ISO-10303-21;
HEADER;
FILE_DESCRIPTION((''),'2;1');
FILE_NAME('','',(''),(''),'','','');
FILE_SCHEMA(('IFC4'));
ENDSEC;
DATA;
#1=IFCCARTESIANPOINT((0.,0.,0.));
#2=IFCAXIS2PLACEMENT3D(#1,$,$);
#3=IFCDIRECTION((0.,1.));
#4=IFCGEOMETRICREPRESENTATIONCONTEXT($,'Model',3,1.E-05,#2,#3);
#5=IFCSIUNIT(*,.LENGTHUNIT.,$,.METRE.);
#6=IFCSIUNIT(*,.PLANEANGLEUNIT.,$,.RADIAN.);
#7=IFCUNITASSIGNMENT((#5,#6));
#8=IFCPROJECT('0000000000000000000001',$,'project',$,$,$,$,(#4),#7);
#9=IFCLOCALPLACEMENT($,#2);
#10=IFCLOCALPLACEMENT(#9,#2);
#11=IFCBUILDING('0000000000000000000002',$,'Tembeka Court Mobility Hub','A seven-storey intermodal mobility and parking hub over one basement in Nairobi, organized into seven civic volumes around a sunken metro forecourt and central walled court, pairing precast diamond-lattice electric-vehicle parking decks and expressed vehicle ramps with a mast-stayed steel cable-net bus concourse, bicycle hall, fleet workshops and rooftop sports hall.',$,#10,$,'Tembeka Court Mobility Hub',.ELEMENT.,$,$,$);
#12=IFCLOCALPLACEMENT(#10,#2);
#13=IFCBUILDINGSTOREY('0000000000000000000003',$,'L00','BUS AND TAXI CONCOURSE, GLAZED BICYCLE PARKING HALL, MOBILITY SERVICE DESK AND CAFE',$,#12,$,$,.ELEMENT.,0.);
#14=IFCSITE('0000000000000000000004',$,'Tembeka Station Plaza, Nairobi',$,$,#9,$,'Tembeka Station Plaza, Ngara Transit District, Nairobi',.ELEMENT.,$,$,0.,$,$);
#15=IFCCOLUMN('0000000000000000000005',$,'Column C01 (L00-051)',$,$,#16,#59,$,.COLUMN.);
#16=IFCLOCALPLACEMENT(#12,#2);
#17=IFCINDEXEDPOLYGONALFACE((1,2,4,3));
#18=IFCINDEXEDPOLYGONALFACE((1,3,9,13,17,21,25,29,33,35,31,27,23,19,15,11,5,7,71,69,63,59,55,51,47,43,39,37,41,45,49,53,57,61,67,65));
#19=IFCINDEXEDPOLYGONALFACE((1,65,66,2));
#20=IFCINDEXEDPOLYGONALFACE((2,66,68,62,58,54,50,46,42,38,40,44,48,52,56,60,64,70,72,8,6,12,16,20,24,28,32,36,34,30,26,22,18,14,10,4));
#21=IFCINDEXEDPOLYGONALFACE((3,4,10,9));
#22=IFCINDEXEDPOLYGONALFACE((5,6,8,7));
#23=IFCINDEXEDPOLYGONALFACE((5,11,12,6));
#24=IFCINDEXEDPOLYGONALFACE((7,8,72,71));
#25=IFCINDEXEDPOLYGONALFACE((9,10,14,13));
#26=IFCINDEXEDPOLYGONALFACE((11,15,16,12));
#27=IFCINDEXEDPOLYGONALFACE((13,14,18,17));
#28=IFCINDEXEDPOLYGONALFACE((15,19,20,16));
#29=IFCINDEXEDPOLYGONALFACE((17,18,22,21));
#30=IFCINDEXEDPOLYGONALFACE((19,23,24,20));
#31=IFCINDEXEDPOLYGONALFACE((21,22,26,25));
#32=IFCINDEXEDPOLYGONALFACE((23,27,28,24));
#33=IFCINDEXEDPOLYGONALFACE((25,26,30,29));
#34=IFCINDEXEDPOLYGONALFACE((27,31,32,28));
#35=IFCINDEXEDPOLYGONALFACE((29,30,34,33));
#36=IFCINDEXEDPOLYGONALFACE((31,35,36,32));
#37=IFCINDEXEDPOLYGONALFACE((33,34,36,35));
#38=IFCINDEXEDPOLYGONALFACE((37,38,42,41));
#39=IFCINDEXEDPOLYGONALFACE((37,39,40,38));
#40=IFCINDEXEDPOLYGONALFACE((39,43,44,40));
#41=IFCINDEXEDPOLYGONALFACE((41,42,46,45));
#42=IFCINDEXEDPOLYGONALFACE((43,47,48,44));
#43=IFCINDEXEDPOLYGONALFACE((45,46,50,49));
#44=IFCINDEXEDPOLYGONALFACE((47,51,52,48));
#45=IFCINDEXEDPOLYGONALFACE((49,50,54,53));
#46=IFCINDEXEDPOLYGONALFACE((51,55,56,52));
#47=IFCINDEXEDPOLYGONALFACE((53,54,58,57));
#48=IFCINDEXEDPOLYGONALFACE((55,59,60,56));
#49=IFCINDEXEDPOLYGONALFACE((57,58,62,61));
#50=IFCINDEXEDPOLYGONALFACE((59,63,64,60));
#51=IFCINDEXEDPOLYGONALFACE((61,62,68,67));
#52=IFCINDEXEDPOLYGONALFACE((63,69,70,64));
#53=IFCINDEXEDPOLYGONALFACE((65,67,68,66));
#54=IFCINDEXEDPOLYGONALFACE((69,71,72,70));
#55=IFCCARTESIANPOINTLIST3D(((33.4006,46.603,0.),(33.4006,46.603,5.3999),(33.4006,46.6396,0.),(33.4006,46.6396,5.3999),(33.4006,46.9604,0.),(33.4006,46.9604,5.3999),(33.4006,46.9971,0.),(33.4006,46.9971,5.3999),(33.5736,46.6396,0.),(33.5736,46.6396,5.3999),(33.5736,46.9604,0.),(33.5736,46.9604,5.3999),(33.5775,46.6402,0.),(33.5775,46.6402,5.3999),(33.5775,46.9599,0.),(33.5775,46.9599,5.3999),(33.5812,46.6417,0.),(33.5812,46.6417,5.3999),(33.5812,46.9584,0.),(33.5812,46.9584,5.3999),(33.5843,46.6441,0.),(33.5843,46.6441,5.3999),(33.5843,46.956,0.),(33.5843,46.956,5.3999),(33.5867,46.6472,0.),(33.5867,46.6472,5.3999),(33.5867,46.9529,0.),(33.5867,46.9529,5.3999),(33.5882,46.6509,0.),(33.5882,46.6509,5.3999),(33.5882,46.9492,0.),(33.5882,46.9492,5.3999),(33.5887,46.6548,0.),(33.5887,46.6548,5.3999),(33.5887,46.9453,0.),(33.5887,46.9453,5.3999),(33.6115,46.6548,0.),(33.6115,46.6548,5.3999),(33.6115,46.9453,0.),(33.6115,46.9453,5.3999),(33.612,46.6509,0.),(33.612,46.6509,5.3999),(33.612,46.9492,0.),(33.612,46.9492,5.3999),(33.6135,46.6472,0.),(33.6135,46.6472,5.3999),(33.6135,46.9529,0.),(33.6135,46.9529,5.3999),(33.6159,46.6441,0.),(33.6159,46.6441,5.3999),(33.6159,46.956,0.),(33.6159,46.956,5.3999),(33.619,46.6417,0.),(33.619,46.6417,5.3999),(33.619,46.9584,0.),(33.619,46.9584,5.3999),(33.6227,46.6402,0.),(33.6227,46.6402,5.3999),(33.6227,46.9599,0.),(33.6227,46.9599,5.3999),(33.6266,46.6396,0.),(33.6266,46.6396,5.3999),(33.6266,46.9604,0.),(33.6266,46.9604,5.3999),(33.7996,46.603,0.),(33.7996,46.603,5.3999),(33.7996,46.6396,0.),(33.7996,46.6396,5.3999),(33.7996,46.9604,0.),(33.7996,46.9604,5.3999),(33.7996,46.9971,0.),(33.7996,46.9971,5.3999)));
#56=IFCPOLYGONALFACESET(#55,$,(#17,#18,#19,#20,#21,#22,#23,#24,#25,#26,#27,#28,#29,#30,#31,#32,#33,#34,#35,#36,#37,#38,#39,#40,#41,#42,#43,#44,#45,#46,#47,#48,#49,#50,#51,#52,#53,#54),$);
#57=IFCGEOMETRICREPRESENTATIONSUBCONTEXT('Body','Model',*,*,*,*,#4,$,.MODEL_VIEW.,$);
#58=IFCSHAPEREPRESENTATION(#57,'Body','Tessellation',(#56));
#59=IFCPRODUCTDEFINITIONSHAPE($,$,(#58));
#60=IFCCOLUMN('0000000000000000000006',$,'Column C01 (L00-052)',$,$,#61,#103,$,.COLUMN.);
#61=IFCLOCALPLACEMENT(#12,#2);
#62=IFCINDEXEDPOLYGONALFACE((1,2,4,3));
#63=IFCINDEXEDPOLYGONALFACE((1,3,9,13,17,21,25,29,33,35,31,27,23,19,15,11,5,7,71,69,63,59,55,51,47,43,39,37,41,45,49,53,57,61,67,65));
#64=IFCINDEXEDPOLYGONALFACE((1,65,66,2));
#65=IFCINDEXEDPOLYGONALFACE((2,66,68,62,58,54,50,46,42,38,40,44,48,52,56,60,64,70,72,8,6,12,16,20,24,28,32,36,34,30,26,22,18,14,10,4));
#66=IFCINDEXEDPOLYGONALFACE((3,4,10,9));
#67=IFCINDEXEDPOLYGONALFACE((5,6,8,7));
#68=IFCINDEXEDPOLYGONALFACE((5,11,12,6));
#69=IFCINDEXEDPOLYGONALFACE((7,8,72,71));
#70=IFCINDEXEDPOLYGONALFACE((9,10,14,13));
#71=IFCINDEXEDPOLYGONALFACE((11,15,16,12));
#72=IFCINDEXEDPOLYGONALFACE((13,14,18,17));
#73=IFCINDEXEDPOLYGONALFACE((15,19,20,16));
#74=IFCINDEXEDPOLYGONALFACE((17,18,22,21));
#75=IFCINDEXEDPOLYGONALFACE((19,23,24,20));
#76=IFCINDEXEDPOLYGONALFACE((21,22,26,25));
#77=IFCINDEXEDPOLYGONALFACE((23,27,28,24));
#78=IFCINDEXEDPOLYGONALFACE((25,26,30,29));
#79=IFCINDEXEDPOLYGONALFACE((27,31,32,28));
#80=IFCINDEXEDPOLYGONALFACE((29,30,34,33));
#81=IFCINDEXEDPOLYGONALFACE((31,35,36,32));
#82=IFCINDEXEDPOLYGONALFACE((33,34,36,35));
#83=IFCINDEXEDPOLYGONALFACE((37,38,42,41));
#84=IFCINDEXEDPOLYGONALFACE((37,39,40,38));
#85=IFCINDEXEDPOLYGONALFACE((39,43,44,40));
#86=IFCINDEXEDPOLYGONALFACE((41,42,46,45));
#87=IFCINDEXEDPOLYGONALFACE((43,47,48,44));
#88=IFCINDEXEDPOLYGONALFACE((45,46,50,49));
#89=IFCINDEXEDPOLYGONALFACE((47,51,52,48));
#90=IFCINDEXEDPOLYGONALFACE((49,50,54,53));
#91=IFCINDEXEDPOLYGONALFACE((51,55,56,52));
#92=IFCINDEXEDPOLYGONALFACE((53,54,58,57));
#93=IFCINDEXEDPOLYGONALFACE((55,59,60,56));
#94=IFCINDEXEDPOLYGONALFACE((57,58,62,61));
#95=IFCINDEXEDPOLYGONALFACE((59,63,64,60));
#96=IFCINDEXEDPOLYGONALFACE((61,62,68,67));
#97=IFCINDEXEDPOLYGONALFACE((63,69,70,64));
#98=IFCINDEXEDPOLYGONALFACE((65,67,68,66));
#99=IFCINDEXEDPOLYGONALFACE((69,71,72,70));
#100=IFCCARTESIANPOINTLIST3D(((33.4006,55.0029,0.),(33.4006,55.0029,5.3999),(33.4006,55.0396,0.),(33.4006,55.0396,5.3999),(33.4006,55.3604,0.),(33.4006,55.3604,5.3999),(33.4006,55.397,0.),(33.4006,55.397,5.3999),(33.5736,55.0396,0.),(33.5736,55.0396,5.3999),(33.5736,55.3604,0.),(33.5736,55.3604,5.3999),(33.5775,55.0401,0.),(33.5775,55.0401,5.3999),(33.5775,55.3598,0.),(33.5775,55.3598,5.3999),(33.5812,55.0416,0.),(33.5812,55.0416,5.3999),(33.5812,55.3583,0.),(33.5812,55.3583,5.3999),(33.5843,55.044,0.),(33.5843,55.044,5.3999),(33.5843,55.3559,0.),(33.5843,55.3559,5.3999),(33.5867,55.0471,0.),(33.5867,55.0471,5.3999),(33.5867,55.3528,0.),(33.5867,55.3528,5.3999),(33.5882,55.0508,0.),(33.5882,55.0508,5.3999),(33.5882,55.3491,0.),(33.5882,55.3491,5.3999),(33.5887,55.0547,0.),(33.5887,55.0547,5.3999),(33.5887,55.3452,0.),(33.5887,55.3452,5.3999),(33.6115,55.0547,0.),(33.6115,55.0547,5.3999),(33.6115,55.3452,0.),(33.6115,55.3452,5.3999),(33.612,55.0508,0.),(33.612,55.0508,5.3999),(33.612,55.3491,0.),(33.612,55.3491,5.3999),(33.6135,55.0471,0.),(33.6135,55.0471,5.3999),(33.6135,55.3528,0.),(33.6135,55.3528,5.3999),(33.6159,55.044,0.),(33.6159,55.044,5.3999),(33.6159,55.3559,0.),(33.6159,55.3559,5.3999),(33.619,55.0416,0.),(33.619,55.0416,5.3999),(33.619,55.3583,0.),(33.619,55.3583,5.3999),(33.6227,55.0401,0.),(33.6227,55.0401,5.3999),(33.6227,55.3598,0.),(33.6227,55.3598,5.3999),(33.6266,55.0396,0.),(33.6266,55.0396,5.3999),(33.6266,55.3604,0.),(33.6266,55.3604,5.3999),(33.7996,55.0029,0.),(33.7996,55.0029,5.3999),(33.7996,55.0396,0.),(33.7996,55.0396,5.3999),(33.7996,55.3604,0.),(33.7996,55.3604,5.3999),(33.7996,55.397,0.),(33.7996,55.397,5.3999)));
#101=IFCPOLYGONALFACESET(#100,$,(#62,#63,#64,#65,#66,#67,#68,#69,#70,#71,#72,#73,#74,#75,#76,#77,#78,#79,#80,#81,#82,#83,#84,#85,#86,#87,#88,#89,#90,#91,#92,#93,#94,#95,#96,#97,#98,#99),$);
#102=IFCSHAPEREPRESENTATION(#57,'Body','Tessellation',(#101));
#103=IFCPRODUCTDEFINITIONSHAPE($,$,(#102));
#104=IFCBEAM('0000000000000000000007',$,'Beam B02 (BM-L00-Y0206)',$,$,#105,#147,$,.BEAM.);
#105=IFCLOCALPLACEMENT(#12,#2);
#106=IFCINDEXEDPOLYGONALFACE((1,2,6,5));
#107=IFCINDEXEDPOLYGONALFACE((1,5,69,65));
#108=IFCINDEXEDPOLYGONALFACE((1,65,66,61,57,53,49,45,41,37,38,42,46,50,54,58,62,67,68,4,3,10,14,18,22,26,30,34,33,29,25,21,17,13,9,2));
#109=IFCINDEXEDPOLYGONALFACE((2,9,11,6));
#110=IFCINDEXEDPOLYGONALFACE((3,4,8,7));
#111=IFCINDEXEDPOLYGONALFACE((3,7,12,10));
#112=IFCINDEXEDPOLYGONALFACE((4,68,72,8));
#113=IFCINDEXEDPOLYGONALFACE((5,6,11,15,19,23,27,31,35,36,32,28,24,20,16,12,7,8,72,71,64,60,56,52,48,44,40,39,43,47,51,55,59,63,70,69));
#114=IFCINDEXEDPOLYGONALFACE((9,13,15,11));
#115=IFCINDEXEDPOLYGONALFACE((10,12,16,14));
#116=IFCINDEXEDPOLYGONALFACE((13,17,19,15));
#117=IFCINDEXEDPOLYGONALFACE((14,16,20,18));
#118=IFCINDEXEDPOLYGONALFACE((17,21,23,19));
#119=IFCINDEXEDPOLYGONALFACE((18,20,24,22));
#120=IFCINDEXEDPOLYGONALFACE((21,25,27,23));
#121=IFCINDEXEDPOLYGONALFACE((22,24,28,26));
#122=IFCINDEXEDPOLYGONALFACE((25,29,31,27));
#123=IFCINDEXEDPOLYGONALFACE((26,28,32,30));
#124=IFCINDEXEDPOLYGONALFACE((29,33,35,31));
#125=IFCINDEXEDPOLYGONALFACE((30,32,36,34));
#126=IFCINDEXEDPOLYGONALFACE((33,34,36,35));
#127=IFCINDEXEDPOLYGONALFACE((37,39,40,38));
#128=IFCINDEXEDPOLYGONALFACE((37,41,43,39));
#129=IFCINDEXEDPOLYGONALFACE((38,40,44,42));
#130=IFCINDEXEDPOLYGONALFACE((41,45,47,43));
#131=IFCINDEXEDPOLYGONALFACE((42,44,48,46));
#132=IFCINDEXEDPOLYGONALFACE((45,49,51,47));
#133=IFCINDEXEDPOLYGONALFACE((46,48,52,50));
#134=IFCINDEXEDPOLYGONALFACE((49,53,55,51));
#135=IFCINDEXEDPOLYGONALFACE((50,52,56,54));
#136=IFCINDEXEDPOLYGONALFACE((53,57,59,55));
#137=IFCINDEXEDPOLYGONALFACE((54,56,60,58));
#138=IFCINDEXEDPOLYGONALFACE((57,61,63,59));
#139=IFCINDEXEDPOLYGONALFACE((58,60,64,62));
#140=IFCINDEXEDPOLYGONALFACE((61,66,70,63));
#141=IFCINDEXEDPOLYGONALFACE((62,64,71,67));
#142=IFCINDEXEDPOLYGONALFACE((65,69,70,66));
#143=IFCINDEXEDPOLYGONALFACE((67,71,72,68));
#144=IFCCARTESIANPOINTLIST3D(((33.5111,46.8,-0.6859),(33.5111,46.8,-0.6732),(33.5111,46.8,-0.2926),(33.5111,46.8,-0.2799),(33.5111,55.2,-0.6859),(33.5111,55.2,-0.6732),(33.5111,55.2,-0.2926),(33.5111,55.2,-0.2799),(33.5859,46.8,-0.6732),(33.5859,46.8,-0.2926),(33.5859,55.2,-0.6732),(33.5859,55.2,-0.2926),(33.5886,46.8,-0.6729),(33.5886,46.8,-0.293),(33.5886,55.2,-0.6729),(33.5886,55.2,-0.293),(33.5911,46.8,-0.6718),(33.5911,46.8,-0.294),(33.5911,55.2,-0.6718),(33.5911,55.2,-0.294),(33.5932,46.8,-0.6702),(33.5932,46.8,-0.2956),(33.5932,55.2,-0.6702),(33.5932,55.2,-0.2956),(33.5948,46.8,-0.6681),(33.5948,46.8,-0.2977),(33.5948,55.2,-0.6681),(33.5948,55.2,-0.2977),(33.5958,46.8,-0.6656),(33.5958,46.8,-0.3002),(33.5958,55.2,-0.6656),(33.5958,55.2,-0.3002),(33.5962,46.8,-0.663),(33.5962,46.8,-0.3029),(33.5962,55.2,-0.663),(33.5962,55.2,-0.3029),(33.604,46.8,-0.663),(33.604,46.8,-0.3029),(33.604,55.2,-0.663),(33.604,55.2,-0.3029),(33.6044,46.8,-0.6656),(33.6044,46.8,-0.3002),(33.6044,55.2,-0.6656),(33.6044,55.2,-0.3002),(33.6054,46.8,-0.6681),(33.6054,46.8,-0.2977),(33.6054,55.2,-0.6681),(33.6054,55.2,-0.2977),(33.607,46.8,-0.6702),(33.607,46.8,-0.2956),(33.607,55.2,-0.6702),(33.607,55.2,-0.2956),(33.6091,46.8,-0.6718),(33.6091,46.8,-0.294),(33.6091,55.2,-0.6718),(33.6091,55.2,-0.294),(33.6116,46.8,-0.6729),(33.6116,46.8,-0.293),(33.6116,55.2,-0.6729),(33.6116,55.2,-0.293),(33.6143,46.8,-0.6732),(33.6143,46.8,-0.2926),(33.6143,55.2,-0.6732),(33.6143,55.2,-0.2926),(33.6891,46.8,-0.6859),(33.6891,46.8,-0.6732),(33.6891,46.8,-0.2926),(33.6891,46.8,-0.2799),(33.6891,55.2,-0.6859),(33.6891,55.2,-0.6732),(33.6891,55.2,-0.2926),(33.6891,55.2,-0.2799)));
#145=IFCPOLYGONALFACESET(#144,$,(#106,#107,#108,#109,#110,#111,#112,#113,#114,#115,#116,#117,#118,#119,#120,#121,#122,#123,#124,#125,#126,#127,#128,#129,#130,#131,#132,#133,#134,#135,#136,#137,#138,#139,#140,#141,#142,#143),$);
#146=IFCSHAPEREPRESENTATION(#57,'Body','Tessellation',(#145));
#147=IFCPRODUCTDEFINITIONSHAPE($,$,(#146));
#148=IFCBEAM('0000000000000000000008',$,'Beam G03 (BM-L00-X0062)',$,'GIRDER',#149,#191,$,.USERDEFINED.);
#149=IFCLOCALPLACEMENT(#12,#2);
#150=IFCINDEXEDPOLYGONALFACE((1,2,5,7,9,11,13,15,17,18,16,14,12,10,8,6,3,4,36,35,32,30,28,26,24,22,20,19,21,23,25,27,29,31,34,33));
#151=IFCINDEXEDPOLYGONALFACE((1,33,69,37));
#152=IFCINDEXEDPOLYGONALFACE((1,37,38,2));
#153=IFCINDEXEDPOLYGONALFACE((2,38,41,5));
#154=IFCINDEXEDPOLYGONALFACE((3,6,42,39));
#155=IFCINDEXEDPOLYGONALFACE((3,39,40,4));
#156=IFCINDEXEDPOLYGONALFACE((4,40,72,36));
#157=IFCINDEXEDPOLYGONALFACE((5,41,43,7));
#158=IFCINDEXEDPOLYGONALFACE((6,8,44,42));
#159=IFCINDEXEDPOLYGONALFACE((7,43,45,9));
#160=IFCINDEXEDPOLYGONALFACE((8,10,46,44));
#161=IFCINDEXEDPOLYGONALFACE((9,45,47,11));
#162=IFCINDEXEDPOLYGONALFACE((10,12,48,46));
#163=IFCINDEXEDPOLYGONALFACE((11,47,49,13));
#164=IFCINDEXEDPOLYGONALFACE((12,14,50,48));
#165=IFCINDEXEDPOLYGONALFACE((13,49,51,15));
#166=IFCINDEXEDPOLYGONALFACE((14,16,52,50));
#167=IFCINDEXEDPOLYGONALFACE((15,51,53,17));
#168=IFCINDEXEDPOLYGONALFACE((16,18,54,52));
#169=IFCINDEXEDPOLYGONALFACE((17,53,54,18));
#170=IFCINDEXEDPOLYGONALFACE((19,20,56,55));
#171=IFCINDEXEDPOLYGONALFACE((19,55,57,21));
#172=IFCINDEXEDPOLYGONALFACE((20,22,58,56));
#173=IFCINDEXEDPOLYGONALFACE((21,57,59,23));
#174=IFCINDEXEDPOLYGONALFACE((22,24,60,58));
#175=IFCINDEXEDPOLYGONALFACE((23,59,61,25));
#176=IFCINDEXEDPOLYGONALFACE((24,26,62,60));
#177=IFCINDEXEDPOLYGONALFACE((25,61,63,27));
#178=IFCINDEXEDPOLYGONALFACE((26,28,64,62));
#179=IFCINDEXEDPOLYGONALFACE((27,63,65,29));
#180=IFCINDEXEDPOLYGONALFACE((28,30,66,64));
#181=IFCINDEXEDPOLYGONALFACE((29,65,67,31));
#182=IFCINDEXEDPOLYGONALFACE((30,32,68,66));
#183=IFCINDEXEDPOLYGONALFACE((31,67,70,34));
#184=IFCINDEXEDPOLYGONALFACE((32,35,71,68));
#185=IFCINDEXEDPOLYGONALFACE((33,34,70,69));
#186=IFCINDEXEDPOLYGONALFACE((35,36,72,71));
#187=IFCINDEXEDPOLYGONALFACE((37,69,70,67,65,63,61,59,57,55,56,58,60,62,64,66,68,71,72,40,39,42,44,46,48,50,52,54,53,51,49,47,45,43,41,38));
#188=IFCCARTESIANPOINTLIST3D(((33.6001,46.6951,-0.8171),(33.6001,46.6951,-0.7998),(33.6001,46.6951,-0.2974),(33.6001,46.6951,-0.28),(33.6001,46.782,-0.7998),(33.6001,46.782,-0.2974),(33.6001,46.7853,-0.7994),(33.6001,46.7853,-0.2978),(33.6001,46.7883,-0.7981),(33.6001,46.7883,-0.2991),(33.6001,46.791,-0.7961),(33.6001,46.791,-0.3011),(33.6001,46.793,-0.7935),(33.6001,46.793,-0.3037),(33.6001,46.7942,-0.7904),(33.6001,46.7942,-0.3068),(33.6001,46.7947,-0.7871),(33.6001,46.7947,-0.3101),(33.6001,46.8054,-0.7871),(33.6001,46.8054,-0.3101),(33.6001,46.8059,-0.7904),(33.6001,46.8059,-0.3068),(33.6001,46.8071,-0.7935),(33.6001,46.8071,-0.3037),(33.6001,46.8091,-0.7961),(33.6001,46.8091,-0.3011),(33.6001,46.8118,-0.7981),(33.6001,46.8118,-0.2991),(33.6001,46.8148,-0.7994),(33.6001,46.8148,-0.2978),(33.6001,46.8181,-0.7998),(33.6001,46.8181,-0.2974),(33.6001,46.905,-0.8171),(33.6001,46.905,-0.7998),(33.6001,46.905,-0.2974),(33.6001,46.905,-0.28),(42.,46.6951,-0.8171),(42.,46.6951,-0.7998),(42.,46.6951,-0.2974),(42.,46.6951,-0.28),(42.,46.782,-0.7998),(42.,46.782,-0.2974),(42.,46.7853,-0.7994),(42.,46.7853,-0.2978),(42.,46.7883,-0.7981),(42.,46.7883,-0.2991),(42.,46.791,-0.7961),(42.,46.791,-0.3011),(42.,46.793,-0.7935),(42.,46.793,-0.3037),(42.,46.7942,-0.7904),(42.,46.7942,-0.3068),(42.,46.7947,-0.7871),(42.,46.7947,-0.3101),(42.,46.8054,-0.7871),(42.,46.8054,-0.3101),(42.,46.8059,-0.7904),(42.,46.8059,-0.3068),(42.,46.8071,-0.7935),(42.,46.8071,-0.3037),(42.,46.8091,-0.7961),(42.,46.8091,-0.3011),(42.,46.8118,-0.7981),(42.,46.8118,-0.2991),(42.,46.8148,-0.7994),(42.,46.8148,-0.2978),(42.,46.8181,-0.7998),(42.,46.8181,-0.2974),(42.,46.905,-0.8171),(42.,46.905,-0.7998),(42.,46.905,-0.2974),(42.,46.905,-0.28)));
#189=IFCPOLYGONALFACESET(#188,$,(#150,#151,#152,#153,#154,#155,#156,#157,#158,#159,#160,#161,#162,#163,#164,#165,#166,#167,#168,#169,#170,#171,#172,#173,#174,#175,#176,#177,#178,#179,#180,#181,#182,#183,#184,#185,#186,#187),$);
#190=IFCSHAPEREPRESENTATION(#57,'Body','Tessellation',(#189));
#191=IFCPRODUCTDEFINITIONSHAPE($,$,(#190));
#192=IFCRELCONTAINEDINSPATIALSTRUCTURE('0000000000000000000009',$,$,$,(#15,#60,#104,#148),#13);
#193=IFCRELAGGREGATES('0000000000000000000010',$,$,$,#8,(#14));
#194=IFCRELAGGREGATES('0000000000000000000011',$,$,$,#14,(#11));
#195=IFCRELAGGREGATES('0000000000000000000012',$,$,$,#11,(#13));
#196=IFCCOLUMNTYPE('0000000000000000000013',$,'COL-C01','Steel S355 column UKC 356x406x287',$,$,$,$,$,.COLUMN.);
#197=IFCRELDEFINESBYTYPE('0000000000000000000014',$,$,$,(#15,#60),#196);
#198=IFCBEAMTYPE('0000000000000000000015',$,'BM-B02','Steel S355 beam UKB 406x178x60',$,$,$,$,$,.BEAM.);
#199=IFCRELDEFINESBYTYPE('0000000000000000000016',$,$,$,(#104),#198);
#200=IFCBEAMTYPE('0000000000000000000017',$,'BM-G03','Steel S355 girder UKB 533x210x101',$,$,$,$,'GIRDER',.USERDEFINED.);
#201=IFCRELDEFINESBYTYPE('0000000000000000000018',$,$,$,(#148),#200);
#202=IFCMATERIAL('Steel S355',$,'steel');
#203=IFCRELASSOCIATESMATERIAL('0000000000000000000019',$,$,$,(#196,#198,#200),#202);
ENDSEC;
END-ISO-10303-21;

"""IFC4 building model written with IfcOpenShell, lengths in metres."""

from ifc_helpers import new_model, si_unit, direction, frame, origin, origin_2d, place, context, subcontext, project, spatial, i_section, extrude, material, material_profile, profile_set, type_object, element, save


model = new_model("IFC4")

# Units and contexts
model_context = context("Model", 3, precision=1e-05, world=origin(), true_north=direction((0.0, 1.0)))
body_context = subcontext(model_context, "Body", "Model", "MODEL_VIEW")
ifc_project = project(units=[si_unit("LENGTHUNIT", "METRE"), si_unit("PLANEANGLEUNIT", "RADIAN")], contexts=[model_context])

# Site, building, storey
site_placement = place(None, origin())
site = spatial("IfcSite", under=ifc_project, at=site_placement, Name="Tembeka Station Plaza, Nairobi", LongName="Tembeka Station Plaza, Ngara Transit District, Nairobi", CompositionType="ELEMENT", RefElevation=0.0)
building_placement = place(site_placement, origin())
building = spatial("IfcBuilding", under=site, at=building_placement, Name="Tembeka Court Mobility Hub", Description="A seven-storey intermodal mobility and parking hub over one basement in Nairobi, organized into seven civic volumes around a sunken metro forecourt and central walled court, pairing precast diamond-lattice electric-vehicle parking decks and expressed vehicle ramps with a mast-stayed steel cable-net bus concourse, bicycle hall, fleet workshops and rooftop sports hall.", LongName="Tembeka Court Mobility Hub", CompositionType="ELEMENT")
storey_placement = place(building_placement, origin())
storey = spatial("IfcBuildingStorey", under=building, at=storey_placement, Name="L00", Description="BUS AND TAXI CONCOURSE, GLAZED BICYCLE PARKING HALL, MOBILITY SERVICE DESK AND CAFE", CompositionType="ELEMENT", Elevation=0.0)

# Columns
ifc_material_1 = material(Name="Steel S355", Category="steel")
ifc_material_profile_1 = material_profile(ifc_material_1, i_section(OverallWidth=0.3989, OverallDepth=0.394, WebThickness=0.0227, FlangeThickness=0.0366, FilletRadius=0.0151, at=origin_2d()), Name="UKC 356x406x287")
ifc_profile_set_1 = profile_set([ifc_material_profile_1], Name="Steel S355")
column_type = type_object("IfcColumnType", Name="COL-C01", Description="Steel S355 column UKC 356x406x287", PredefinedType="COLUMN", material=ifc_profile_set_1)
for number, where, z_axis, x_axis, name in (
    (1, (33.6001, 46.8, 0.0), (0.0, 0.0, 1.0), (1.0, 0.0, 0.0), "Column C01 (L00-051)"),
    (2, (33.6001, 55.2, 0.0), (0.0, 0.0, 1.0), (1.0, 0.0, 0.0), "Column C01 (L00-052)"),
):
    element("IfcColumn", number, at=place(storey_placement, frame(where, z_axis=z_axis, x_axis=x_axis)), inside=storey, type_object=column_type, Name=name, PredefinedType="COLUMN", context=body_context, shape_type="SweptSolid", body=[
        extrude(i_section(OverallWidth=0.3989, OverallDepth=0.394, WebThickness=0.0227, FlangeThickness=0.0366, FilletRadius=0.0151, at=origin_2d()), origin(), (0.0, 0.0, 1.0), 5.3999),
    ])

# Beams
ifc_material_profile_2 = material_profile(ifc_material_1, i_section(OverallWidth=0.178, OverallDepth=0.406, WebThickness=0.0078, FlangeThickness=0.0127, FilletRadius=0.0103, at=origin_2d()), Name="UKB 406x178x60")
ifc_profile_set_2 = profile_set([ifc_material_profile_2], Name="Steel S355")
beam_type_1 = type_object("IfcBeamType", Name="BM-B02", Description="Steel S355 beam UKB 406x178x60", PredefinedType="BEAM", material=ifc_profile_set_2)
beam_placement = place(storey_placement, frame((33.6001, 46.8, -0.4829), z_axis=(0.0, 1.0, 0.0), x_axis=(-1.0, 0.0, 0.0)))
element("IfcBeam", 3, at=beam_placement, inside=storey, type_object=beam_type_1, Name="Beam B02 (BM-L00-Y0206)", PredefinedType="BEAM", context=body_context, shape_type="SweptSolid", body=[
    extrude(i_section(OverallWidth=0.178, OverallDepth=0.406, WebThickness=0.0078, FlangeThickness=0.0127, FilletRadius=0.0103, at=origin_2d()), origin(), (0.0, 0.0, 1.0), 8.3999),
])
ifc_material_profile_3 = material_profile(ifc_material_1, i_section(OverallWidth=0.21, OverallDepth=0.5371, WebThickness=0.0107, FlangeThickness=0.0173, FilletRadius=0.0127, at=origin_2d()), Name="UKB 533x210x101")
ifc_profile_set_3 = profile_set([ifc_material_profile_3], Name="Steel S355")
beam_type_2 = type_object("IfcBeamType", Name="BM-G03", Description="Steel S355 girder UKB 533x210x101", ElementType="GIRDER", PredefinedType="USERDEFINED", material=ifc_profile_set_3)
for number, where, z_axis, x_axis, name in (
    (4, (33.6001, 46.8, -0.5486), (1.0, 0.0, 0.0), (0.0, 1.0, 0.0), "Beam G03 (BM-L00-X0062)"),
):
    element("IfcBeam", number, at=place(storey_placement, frame(where, z_axis=z_axis, x_axis=x_axis)), inside=storey, type_object=beam_type_2, Name=name, ObjectType="GIRDER", PredefinedType="USERDEFINED", context=body_context, shape_type="SweptSolid", body=[
        extrude(i_section(OverallWidth=0.21, OverallDepth=0.5371, WebThickness=0.0107, FlangeThickness=0.0173, FilletRadius=0.0127, at=origin_2d()), origin(), (0.0, 0.0, 1.0), 8.3999),
    ])

save(model, "model.ifc")
